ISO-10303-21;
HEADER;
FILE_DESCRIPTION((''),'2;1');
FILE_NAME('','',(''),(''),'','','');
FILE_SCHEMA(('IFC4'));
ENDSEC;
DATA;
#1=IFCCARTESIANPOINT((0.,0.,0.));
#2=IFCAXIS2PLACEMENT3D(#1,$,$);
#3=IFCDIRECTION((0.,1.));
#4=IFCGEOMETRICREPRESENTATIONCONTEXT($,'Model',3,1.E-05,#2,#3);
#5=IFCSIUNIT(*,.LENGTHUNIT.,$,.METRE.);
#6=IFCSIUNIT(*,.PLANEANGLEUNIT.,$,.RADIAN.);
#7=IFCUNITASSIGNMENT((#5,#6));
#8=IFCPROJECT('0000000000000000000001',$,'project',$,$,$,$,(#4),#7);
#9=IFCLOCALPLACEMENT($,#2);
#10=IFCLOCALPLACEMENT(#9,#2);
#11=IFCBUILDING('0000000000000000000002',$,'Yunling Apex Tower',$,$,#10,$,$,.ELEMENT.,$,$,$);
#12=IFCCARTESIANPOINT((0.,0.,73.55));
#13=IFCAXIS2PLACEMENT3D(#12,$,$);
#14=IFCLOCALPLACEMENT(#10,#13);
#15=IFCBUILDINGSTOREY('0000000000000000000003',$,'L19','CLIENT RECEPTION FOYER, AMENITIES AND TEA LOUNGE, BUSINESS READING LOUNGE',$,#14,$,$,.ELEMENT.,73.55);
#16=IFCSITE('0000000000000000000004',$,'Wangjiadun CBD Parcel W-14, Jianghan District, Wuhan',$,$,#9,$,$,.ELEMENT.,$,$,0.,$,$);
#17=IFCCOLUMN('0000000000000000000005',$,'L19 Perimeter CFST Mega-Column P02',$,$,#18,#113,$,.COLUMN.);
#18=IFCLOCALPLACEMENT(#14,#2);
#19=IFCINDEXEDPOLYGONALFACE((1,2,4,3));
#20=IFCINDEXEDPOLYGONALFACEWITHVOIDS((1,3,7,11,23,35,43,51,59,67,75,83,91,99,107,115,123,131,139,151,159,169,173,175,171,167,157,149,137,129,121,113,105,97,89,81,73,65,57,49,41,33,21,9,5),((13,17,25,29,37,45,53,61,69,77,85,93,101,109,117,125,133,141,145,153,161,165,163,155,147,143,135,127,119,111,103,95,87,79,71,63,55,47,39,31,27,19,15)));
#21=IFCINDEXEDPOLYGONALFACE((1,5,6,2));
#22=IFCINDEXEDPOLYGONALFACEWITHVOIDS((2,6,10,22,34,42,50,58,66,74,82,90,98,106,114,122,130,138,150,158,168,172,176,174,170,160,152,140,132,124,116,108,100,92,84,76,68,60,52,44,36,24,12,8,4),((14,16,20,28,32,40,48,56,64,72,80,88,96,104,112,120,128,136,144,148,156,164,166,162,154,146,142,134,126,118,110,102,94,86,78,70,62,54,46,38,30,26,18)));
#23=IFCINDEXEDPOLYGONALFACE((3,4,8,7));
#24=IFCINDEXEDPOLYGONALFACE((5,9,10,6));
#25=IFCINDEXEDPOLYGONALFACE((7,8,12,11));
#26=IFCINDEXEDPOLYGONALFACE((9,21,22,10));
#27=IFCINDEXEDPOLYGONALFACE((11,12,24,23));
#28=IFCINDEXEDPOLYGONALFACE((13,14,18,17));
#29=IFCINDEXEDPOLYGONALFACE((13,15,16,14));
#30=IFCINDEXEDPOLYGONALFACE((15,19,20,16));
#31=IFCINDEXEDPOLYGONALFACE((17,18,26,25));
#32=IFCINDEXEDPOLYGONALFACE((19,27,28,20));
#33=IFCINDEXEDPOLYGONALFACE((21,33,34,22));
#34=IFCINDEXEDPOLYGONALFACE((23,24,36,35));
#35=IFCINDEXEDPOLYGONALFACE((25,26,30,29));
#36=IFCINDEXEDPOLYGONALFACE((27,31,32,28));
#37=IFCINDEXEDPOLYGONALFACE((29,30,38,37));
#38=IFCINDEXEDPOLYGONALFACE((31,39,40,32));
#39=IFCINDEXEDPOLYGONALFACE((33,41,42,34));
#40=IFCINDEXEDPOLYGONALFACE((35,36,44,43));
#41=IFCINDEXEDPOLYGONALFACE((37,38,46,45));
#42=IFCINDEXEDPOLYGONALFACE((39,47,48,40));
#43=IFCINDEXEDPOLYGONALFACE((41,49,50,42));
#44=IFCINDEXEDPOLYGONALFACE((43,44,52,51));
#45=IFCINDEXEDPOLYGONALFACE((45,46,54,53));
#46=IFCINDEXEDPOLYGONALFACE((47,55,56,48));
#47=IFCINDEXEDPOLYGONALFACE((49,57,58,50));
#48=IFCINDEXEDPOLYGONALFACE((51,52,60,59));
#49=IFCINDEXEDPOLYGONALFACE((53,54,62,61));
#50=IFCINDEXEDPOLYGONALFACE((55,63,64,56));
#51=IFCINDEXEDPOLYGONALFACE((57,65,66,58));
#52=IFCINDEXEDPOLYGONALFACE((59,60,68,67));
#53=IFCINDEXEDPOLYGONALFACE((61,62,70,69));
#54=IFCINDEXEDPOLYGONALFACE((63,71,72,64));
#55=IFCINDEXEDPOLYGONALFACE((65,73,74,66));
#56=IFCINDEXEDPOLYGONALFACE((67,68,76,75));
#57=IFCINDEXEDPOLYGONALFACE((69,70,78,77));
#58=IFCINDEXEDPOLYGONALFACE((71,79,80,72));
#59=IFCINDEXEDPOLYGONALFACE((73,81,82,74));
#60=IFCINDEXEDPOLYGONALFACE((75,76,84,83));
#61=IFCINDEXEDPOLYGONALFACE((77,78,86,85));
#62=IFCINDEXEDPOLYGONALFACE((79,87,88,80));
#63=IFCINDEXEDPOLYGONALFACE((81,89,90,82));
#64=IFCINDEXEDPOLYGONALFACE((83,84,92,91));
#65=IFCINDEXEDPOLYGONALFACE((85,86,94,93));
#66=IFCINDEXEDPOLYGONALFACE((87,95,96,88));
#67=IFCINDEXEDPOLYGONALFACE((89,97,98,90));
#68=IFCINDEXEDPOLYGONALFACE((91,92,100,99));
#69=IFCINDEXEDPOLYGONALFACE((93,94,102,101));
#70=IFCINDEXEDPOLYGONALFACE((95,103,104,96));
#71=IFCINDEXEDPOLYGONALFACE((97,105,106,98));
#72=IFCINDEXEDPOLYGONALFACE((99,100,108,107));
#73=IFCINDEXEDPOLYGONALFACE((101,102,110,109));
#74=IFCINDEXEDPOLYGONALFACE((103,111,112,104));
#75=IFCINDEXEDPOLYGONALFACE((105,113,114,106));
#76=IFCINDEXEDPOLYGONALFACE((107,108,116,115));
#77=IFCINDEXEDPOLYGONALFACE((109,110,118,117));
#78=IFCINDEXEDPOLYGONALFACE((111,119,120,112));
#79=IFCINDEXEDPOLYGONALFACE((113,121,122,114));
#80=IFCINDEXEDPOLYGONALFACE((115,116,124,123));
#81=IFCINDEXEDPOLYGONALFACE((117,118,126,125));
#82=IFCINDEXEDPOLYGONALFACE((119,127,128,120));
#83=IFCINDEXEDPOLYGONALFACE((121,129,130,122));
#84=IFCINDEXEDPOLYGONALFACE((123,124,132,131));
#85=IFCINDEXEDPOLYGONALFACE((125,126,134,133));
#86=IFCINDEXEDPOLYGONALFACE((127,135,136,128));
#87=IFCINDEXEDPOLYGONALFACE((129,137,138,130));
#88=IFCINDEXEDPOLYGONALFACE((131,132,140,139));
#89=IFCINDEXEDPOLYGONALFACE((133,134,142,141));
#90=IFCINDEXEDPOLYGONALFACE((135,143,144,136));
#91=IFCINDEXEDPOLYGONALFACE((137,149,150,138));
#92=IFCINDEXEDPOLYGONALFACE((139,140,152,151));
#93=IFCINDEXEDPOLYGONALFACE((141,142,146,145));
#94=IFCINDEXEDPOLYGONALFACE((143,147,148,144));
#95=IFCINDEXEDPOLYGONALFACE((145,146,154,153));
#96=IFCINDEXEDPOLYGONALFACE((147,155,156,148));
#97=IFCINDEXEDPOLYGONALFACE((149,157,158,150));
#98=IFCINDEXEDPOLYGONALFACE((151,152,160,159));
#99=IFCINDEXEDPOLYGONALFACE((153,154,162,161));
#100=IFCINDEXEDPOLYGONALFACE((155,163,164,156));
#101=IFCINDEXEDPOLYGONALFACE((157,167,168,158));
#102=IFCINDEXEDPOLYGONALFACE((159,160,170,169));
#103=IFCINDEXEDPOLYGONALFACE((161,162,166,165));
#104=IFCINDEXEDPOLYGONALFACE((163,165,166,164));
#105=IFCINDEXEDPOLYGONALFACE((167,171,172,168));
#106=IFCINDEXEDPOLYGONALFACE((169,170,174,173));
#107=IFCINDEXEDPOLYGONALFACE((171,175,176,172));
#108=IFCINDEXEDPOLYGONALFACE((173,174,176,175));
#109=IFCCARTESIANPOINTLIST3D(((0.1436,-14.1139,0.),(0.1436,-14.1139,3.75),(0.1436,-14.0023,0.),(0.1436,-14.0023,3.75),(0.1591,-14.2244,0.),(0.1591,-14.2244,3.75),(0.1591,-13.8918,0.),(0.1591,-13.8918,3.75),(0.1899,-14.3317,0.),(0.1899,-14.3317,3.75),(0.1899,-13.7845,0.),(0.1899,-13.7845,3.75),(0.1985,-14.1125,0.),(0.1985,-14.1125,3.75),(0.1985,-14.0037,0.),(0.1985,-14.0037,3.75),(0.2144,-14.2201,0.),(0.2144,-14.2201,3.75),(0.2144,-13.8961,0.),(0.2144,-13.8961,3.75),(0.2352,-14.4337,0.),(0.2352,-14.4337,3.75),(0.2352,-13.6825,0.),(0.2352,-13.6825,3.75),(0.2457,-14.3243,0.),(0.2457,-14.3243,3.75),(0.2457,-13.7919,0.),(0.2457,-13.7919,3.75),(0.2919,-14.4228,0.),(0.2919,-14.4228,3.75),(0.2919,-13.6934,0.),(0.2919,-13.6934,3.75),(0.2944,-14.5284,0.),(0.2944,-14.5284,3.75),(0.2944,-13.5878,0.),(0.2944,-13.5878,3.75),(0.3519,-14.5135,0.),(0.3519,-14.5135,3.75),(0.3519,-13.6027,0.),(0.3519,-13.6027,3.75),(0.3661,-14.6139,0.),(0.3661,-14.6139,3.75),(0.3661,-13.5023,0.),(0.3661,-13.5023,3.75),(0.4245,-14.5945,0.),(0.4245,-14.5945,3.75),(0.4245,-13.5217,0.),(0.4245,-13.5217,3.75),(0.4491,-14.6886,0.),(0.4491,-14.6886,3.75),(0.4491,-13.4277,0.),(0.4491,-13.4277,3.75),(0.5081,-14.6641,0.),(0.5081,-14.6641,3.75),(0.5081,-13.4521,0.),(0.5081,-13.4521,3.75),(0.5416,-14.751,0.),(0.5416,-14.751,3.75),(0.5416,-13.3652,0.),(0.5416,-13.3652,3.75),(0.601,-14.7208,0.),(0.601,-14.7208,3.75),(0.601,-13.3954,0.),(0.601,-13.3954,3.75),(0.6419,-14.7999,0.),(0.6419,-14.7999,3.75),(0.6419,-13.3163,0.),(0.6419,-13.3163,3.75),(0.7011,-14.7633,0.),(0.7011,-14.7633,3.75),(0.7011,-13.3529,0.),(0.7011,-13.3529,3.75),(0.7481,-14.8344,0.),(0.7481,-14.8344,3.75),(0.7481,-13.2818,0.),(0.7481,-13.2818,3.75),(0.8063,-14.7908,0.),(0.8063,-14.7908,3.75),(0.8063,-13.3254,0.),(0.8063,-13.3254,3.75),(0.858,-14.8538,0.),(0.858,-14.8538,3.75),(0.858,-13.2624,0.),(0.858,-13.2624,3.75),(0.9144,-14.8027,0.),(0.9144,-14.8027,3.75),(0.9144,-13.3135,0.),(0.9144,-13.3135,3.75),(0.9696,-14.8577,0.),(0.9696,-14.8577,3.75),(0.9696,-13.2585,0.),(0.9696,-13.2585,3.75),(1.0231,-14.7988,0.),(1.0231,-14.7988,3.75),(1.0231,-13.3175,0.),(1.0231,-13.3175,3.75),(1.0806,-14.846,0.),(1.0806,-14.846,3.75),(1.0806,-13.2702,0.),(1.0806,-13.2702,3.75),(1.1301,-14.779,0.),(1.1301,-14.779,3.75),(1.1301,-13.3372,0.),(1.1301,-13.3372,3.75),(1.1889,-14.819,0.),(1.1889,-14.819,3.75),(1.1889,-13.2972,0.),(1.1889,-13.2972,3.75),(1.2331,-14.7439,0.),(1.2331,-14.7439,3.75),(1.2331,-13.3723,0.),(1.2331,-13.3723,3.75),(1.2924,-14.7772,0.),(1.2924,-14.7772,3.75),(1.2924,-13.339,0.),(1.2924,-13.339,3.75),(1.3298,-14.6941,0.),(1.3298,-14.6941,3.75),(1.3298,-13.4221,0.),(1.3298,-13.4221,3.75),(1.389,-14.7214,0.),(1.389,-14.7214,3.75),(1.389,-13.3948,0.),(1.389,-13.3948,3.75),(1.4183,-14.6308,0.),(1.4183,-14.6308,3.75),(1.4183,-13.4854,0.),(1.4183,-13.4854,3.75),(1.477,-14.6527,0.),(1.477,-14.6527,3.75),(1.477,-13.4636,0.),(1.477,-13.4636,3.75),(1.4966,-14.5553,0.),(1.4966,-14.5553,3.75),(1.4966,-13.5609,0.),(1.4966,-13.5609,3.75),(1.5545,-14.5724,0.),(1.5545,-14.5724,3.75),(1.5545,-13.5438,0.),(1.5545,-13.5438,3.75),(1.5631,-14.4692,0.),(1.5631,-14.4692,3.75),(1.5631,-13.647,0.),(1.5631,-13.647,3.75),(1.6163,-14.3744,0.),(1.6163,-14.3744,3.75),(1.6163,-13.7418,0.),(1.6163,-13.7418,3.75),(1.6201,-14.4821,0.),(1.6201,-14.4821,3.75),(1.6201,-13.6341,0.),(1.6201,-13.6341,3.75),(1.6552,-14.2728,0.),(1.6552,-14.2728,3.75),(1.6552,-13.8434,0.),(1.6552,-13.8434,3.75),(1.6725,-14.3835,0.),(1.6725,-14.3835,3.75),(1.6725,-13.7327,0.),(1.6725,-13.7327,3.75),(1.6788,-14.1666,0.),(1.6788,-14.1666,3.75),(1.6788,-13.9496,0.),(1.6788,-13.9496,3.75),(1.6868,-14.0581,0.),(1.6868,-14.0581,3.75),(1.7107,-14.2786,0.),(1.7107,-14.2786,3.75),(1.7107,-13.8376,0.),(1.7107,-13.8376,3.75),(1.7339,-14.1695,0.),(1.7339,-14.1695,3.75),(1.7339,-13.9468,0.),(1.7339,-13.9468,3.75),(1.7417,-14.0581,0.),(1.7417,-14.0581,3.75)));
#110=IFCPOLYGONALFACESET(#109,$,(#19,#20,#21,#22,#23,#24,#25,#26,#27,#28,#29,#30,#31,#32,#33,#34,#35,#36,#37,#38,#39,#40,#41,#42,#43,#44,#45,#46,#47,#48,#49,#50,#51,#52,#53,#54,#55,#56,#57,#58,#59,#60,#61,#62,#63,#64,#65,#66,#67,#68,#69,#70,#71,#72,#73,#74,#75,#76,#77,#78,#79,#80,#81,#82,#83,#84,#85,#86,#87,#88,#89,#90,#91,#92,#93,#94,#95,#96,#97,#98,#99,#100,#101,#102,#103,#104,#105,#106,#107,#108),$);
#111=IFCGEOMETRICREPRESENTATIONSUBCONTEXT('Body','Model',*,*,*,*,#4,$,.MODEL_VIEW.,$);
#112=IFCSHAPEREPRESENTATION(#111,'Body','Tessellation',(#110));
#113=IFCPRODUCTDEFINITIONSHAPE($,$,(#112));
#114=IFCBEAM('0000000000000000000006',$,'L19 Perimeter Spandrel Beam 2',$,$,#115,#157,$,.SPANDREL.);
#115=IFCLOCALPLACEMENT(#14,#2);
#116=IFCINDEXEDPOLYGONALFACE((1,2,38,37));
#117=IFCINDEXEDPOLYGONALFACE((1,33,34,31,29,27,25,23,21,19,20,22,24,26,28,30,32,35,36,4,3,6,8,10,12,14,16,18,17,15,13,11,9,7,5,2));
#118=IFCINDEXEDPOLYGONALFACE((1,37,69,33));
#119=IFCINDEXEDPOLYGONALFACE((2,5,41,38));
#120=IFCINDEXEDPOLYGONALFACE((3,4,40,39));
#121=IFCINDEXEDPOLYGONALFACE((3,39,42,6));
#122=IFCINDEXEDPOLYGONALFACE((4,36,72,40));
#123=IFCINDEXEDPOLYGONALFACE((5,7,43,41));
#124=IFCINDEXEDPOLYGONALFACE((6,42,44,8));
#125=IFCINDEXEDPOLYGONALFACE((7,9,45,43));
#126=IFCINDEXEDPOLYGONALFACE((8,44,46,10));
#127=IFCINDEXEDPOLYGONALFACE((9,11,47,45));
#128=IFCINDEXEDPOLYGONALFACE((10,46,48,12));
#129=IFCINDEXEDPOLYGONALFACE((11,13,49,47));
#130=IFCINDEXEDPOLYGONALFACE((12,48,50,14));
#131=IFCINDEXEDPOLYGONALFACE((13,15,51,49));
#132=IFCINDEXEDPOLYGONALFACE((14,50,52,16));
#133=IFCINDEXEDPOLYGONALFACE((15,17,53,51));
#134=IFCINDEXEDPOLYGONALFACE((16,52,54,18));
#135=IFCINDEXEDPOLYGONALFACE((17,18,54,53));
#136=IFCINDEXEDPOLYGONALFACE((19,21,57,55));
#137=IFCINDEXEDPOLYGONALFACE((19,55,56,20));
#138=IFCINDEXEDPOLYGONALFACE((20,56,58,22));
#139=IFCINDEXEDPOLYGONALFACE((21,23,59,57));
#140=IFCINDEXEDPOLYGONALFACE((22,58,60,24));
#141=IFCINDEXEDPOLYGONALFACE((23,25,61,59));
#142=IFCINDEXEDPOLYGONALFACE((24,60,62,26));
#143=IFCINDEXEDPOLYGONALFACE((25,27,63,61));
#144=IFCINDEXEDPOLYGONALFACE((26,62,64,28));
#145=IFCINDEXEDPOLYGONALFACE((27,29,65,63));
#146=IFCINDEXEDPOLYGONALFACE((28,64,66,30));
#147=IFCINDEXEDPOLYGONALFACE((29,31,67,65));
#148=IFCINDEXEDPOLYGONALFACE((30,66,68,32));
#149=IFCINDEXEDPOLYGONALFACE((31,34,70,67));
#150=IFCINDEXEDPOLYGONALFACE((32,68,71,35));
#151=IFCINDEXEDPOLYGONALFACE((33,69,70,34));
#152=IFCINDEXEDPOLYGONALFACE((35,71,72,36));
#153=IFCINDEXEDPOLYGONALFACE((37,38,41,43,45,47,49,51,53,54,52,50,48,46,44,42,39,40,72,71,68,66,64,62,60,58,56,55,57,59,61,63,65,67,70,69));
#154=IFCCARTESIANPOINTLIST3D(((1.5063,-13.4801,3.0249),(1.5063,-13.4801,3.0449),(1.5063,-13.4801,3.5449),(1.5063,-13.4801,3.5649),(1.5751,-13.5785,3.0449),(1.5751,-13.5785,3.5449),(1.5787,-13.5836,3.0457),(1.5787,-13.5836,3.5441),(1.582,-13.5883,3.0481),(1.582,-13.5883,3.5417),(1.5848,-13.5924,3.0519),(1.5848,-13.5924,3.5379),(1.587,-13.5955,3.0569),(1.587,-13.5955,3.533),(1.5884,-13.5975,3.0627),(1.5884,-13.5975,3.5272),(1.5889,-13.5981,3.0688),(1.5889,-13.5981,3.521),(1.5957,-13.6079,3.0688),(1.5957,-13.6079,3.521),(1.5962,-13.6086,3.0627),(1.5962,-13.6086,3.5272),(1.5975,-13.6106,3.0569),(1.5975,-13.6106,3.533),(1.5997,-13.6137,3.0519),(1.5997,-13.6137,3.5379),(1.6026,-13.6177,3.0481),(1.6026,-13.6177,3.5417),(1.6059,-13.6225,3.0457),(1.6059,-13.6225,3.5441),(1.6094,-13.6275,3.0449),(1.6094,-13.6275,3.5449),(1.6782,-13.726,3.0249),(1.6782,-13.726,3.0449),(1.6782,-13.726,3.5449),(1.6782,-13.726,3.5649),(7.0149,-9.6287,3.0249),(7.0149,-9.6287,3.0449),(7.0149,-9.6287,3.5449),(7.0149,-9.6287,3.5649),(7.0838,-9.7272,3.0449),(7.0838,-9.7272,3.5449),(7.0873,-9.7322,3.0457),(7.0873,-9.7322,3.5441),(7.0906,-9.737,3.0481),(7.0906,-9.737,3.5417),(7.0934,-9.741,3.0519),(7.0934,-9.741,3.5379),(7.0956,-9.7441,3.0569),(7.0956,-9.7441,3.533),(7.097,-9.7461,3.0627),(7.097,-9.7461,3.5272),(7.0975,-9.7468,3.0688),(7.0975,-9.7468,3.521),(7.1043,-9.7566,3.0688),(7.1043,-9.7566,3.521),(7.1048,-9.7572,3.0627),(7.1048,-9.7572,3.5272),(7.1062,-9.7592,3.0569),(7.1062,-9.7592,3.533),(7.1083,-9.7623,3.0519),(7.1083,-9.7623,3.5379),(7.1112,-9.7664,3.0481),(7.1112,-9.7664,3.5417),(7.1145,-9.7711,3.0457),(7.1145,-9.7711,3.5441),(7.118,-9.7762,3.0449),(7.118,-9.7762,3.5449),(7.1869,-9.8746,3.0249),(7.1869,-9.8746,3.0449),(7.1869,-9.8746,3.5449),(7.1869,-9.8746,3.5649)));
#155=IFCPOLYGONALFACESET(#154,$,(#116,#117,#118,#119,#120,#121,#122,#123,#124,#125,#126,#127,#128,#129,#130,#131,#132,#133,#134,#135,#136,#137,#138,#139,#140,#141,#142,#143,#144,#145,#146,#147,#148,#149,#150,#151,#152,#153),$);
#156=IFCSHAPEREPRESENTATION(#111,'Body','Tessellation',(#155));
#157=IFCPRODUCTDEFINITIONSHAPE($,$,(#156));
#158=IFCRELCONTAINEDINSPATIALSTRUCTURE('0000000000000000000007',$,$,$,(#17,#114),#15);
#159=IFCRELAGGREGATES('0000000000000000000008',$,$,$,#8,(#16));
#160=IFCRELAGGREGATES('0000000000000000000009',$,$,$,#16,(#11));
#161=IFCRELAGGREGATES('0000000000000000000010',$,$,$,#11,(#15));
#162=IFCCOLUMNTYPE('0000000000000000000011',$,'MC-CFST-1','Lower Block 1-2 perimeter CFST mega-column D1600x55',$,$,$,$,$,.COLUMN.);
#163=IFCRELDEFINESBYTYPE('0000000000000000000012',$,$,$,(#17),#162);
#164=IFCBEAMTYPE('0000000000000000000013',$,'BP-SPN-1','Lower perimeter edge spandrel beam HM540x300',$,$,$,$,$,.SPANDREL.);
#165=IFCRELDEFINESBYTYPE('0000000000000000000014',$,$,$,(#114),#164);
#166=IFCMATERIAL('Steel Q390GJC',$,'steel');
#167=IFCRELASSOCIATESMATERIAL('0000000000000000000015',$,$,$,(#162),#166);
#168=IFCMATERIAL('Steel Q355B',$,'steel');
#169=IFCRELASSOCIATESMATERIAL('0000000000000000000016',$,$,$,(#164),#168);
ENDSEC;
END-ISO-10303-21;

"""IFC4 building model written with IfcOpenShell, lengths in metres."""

from ifc_helpers import new_model, si_unit, direction, frame, origin, origin_2d, place, context, subcontext, project, spatial, hollow_circle, i_section, extrude, source, transform, mapped, material, material_profile, profile_set, type_object, element, save


model = new_model("IFC4")

# Units and contexts
model_context = context("Model", 3, precision=1e-05, world=origin(), true_north=direction((0.0, 1.0)))
body_context = subcontext(model_context, "Body", "Model", "MODEL_VIEW")
ifc_project = project(units=[si_unit("LENGTHUNIT", "METRE"), si_unit("PLANEANGLEUNIT", "RADIAN")], contexts=[model_context])

# Site, building, storey
site_placement = place(None, origin())
site = spatial("IfcSite", under=ifc_project, at=site_placement, Name="Wangjiadun CBD Parcel W-14, Jianghan District, Wuhan", CompositionType="ELEMENT", RefElevation=0.0)
building_placement = place(site_placement, origin())
building = spatial("IfcBuilding", under=site, at=building_placement, Name="Yunling Apex Tower", CompositionType="ELEMENT")
storey_placement = place(building_placement, frame((0.0, 0.0, 73.55)))
storey = spatial("IfcBuildingStorey", under=building, at=storey_placement, Name="L19", Description="CLIENT RECEPTION FOYER, AMENITIES AND TEA LOUNGE, BUSINESS READING LOUNGE", CompositionType="ELEMENT", Elevation=73.55)

# Column
ifc_material_1 = material(Name="Steel Q390GJC", Category="steel")
ifc_material_profile_1 = material_profile(ifc_material_1, hollow_circle(Radius=0.8, WallThickness=0.0549, at=origin_2d()))
ifc_profile_set_1 = profile_set([ifc_material_profile_1], Name="Steel Q390GJC")
column_type = type_object("IfcColumnType", Name="MC-CFST-1", Description="Lower Block 1-2 perimeter CFST mega-column D1600x55", PredefinedType="COLUMN", material=ifc_profile_set_1)
shared_shape_1 = source(origin(), body_context, "Body", "SweptSolid", [
    extrude(hollow_circle(Radius=0.8, WallThickness=0.0549, at=origin_2d()), origin(), (0.0, 0.0, 1.0), 3.75),
])
column_placement = place(storey_placement, frame((0.9417, -14.0581, 0.0), z_axis=(0.0, 0.0, 1.0), x_axis=(1.0, 0.0, 0.0)))
element("IfcColumn", 1, at=column_placement, inside=storey, type_object=column_type, Name="L19 Perimeter CFST Mega-Column P02", PredefinedType="COLUMN", context=body_context, shape_type="MappedRepresentation", body=[
    mapped(shared_shape_1, transform((0.0, 0.0, 0.0), scale=1.0)),
])

# Beam
ifc_material_2 = material(Name="Steel Q355B", Category="steel")
ifc_material_profile_2 = material_profile(ifc_material_2, i_section(OverallWidth=0.3, OverallDepth=0.54, WebThickness=0.012, FlangeThickness=0.02, FilletRadius=0.0239, at=origin_2d()))
ifc_profile_set_2 = profile_set([ifc_material_profile_2], Name="Steel Q355B")
beam_type_1 = type_object("IfcBeamType", Name="BP-SPN-1", Description="Lower perimeter edge spandrel beam HM540x300", PredefinedType="SPANDREL", material=ifc_profile_set_2)
shared_shape_2 = source(origin(), body_context, "Body", "SweptSolid", [
    extrude(i_section(OverallWidth=0.3, OverallDepth=0.54, WebThickness=0.012, FlangeThickness=0.02, FilletRadius=0.0239, at=origin_2d()), origin(), (0.0, 0.0, 1.0), 6.7214),
])
beam_1_placement = place(storey_placement, frame((1.5923, -13.603, 3.2949), z_axis=(0.819558, 0.572997, 0.0), x_axis=(-0.572997, 0.819558, 0.0)))
element("IfcBeam", 2, at=beam_1_placement, inside=storey, type_object=beam_type_1, Name="L19 Perimeter Spandrel Beam 2", PredefinedType="SPANDREL", context=body_context, shape_type="MappedRepresentation", body=[
    mapped(shared_shape_2, transform((0.0, 0.0, 0.0), scale=1.0)),
])

save(model, "model.ifc")
